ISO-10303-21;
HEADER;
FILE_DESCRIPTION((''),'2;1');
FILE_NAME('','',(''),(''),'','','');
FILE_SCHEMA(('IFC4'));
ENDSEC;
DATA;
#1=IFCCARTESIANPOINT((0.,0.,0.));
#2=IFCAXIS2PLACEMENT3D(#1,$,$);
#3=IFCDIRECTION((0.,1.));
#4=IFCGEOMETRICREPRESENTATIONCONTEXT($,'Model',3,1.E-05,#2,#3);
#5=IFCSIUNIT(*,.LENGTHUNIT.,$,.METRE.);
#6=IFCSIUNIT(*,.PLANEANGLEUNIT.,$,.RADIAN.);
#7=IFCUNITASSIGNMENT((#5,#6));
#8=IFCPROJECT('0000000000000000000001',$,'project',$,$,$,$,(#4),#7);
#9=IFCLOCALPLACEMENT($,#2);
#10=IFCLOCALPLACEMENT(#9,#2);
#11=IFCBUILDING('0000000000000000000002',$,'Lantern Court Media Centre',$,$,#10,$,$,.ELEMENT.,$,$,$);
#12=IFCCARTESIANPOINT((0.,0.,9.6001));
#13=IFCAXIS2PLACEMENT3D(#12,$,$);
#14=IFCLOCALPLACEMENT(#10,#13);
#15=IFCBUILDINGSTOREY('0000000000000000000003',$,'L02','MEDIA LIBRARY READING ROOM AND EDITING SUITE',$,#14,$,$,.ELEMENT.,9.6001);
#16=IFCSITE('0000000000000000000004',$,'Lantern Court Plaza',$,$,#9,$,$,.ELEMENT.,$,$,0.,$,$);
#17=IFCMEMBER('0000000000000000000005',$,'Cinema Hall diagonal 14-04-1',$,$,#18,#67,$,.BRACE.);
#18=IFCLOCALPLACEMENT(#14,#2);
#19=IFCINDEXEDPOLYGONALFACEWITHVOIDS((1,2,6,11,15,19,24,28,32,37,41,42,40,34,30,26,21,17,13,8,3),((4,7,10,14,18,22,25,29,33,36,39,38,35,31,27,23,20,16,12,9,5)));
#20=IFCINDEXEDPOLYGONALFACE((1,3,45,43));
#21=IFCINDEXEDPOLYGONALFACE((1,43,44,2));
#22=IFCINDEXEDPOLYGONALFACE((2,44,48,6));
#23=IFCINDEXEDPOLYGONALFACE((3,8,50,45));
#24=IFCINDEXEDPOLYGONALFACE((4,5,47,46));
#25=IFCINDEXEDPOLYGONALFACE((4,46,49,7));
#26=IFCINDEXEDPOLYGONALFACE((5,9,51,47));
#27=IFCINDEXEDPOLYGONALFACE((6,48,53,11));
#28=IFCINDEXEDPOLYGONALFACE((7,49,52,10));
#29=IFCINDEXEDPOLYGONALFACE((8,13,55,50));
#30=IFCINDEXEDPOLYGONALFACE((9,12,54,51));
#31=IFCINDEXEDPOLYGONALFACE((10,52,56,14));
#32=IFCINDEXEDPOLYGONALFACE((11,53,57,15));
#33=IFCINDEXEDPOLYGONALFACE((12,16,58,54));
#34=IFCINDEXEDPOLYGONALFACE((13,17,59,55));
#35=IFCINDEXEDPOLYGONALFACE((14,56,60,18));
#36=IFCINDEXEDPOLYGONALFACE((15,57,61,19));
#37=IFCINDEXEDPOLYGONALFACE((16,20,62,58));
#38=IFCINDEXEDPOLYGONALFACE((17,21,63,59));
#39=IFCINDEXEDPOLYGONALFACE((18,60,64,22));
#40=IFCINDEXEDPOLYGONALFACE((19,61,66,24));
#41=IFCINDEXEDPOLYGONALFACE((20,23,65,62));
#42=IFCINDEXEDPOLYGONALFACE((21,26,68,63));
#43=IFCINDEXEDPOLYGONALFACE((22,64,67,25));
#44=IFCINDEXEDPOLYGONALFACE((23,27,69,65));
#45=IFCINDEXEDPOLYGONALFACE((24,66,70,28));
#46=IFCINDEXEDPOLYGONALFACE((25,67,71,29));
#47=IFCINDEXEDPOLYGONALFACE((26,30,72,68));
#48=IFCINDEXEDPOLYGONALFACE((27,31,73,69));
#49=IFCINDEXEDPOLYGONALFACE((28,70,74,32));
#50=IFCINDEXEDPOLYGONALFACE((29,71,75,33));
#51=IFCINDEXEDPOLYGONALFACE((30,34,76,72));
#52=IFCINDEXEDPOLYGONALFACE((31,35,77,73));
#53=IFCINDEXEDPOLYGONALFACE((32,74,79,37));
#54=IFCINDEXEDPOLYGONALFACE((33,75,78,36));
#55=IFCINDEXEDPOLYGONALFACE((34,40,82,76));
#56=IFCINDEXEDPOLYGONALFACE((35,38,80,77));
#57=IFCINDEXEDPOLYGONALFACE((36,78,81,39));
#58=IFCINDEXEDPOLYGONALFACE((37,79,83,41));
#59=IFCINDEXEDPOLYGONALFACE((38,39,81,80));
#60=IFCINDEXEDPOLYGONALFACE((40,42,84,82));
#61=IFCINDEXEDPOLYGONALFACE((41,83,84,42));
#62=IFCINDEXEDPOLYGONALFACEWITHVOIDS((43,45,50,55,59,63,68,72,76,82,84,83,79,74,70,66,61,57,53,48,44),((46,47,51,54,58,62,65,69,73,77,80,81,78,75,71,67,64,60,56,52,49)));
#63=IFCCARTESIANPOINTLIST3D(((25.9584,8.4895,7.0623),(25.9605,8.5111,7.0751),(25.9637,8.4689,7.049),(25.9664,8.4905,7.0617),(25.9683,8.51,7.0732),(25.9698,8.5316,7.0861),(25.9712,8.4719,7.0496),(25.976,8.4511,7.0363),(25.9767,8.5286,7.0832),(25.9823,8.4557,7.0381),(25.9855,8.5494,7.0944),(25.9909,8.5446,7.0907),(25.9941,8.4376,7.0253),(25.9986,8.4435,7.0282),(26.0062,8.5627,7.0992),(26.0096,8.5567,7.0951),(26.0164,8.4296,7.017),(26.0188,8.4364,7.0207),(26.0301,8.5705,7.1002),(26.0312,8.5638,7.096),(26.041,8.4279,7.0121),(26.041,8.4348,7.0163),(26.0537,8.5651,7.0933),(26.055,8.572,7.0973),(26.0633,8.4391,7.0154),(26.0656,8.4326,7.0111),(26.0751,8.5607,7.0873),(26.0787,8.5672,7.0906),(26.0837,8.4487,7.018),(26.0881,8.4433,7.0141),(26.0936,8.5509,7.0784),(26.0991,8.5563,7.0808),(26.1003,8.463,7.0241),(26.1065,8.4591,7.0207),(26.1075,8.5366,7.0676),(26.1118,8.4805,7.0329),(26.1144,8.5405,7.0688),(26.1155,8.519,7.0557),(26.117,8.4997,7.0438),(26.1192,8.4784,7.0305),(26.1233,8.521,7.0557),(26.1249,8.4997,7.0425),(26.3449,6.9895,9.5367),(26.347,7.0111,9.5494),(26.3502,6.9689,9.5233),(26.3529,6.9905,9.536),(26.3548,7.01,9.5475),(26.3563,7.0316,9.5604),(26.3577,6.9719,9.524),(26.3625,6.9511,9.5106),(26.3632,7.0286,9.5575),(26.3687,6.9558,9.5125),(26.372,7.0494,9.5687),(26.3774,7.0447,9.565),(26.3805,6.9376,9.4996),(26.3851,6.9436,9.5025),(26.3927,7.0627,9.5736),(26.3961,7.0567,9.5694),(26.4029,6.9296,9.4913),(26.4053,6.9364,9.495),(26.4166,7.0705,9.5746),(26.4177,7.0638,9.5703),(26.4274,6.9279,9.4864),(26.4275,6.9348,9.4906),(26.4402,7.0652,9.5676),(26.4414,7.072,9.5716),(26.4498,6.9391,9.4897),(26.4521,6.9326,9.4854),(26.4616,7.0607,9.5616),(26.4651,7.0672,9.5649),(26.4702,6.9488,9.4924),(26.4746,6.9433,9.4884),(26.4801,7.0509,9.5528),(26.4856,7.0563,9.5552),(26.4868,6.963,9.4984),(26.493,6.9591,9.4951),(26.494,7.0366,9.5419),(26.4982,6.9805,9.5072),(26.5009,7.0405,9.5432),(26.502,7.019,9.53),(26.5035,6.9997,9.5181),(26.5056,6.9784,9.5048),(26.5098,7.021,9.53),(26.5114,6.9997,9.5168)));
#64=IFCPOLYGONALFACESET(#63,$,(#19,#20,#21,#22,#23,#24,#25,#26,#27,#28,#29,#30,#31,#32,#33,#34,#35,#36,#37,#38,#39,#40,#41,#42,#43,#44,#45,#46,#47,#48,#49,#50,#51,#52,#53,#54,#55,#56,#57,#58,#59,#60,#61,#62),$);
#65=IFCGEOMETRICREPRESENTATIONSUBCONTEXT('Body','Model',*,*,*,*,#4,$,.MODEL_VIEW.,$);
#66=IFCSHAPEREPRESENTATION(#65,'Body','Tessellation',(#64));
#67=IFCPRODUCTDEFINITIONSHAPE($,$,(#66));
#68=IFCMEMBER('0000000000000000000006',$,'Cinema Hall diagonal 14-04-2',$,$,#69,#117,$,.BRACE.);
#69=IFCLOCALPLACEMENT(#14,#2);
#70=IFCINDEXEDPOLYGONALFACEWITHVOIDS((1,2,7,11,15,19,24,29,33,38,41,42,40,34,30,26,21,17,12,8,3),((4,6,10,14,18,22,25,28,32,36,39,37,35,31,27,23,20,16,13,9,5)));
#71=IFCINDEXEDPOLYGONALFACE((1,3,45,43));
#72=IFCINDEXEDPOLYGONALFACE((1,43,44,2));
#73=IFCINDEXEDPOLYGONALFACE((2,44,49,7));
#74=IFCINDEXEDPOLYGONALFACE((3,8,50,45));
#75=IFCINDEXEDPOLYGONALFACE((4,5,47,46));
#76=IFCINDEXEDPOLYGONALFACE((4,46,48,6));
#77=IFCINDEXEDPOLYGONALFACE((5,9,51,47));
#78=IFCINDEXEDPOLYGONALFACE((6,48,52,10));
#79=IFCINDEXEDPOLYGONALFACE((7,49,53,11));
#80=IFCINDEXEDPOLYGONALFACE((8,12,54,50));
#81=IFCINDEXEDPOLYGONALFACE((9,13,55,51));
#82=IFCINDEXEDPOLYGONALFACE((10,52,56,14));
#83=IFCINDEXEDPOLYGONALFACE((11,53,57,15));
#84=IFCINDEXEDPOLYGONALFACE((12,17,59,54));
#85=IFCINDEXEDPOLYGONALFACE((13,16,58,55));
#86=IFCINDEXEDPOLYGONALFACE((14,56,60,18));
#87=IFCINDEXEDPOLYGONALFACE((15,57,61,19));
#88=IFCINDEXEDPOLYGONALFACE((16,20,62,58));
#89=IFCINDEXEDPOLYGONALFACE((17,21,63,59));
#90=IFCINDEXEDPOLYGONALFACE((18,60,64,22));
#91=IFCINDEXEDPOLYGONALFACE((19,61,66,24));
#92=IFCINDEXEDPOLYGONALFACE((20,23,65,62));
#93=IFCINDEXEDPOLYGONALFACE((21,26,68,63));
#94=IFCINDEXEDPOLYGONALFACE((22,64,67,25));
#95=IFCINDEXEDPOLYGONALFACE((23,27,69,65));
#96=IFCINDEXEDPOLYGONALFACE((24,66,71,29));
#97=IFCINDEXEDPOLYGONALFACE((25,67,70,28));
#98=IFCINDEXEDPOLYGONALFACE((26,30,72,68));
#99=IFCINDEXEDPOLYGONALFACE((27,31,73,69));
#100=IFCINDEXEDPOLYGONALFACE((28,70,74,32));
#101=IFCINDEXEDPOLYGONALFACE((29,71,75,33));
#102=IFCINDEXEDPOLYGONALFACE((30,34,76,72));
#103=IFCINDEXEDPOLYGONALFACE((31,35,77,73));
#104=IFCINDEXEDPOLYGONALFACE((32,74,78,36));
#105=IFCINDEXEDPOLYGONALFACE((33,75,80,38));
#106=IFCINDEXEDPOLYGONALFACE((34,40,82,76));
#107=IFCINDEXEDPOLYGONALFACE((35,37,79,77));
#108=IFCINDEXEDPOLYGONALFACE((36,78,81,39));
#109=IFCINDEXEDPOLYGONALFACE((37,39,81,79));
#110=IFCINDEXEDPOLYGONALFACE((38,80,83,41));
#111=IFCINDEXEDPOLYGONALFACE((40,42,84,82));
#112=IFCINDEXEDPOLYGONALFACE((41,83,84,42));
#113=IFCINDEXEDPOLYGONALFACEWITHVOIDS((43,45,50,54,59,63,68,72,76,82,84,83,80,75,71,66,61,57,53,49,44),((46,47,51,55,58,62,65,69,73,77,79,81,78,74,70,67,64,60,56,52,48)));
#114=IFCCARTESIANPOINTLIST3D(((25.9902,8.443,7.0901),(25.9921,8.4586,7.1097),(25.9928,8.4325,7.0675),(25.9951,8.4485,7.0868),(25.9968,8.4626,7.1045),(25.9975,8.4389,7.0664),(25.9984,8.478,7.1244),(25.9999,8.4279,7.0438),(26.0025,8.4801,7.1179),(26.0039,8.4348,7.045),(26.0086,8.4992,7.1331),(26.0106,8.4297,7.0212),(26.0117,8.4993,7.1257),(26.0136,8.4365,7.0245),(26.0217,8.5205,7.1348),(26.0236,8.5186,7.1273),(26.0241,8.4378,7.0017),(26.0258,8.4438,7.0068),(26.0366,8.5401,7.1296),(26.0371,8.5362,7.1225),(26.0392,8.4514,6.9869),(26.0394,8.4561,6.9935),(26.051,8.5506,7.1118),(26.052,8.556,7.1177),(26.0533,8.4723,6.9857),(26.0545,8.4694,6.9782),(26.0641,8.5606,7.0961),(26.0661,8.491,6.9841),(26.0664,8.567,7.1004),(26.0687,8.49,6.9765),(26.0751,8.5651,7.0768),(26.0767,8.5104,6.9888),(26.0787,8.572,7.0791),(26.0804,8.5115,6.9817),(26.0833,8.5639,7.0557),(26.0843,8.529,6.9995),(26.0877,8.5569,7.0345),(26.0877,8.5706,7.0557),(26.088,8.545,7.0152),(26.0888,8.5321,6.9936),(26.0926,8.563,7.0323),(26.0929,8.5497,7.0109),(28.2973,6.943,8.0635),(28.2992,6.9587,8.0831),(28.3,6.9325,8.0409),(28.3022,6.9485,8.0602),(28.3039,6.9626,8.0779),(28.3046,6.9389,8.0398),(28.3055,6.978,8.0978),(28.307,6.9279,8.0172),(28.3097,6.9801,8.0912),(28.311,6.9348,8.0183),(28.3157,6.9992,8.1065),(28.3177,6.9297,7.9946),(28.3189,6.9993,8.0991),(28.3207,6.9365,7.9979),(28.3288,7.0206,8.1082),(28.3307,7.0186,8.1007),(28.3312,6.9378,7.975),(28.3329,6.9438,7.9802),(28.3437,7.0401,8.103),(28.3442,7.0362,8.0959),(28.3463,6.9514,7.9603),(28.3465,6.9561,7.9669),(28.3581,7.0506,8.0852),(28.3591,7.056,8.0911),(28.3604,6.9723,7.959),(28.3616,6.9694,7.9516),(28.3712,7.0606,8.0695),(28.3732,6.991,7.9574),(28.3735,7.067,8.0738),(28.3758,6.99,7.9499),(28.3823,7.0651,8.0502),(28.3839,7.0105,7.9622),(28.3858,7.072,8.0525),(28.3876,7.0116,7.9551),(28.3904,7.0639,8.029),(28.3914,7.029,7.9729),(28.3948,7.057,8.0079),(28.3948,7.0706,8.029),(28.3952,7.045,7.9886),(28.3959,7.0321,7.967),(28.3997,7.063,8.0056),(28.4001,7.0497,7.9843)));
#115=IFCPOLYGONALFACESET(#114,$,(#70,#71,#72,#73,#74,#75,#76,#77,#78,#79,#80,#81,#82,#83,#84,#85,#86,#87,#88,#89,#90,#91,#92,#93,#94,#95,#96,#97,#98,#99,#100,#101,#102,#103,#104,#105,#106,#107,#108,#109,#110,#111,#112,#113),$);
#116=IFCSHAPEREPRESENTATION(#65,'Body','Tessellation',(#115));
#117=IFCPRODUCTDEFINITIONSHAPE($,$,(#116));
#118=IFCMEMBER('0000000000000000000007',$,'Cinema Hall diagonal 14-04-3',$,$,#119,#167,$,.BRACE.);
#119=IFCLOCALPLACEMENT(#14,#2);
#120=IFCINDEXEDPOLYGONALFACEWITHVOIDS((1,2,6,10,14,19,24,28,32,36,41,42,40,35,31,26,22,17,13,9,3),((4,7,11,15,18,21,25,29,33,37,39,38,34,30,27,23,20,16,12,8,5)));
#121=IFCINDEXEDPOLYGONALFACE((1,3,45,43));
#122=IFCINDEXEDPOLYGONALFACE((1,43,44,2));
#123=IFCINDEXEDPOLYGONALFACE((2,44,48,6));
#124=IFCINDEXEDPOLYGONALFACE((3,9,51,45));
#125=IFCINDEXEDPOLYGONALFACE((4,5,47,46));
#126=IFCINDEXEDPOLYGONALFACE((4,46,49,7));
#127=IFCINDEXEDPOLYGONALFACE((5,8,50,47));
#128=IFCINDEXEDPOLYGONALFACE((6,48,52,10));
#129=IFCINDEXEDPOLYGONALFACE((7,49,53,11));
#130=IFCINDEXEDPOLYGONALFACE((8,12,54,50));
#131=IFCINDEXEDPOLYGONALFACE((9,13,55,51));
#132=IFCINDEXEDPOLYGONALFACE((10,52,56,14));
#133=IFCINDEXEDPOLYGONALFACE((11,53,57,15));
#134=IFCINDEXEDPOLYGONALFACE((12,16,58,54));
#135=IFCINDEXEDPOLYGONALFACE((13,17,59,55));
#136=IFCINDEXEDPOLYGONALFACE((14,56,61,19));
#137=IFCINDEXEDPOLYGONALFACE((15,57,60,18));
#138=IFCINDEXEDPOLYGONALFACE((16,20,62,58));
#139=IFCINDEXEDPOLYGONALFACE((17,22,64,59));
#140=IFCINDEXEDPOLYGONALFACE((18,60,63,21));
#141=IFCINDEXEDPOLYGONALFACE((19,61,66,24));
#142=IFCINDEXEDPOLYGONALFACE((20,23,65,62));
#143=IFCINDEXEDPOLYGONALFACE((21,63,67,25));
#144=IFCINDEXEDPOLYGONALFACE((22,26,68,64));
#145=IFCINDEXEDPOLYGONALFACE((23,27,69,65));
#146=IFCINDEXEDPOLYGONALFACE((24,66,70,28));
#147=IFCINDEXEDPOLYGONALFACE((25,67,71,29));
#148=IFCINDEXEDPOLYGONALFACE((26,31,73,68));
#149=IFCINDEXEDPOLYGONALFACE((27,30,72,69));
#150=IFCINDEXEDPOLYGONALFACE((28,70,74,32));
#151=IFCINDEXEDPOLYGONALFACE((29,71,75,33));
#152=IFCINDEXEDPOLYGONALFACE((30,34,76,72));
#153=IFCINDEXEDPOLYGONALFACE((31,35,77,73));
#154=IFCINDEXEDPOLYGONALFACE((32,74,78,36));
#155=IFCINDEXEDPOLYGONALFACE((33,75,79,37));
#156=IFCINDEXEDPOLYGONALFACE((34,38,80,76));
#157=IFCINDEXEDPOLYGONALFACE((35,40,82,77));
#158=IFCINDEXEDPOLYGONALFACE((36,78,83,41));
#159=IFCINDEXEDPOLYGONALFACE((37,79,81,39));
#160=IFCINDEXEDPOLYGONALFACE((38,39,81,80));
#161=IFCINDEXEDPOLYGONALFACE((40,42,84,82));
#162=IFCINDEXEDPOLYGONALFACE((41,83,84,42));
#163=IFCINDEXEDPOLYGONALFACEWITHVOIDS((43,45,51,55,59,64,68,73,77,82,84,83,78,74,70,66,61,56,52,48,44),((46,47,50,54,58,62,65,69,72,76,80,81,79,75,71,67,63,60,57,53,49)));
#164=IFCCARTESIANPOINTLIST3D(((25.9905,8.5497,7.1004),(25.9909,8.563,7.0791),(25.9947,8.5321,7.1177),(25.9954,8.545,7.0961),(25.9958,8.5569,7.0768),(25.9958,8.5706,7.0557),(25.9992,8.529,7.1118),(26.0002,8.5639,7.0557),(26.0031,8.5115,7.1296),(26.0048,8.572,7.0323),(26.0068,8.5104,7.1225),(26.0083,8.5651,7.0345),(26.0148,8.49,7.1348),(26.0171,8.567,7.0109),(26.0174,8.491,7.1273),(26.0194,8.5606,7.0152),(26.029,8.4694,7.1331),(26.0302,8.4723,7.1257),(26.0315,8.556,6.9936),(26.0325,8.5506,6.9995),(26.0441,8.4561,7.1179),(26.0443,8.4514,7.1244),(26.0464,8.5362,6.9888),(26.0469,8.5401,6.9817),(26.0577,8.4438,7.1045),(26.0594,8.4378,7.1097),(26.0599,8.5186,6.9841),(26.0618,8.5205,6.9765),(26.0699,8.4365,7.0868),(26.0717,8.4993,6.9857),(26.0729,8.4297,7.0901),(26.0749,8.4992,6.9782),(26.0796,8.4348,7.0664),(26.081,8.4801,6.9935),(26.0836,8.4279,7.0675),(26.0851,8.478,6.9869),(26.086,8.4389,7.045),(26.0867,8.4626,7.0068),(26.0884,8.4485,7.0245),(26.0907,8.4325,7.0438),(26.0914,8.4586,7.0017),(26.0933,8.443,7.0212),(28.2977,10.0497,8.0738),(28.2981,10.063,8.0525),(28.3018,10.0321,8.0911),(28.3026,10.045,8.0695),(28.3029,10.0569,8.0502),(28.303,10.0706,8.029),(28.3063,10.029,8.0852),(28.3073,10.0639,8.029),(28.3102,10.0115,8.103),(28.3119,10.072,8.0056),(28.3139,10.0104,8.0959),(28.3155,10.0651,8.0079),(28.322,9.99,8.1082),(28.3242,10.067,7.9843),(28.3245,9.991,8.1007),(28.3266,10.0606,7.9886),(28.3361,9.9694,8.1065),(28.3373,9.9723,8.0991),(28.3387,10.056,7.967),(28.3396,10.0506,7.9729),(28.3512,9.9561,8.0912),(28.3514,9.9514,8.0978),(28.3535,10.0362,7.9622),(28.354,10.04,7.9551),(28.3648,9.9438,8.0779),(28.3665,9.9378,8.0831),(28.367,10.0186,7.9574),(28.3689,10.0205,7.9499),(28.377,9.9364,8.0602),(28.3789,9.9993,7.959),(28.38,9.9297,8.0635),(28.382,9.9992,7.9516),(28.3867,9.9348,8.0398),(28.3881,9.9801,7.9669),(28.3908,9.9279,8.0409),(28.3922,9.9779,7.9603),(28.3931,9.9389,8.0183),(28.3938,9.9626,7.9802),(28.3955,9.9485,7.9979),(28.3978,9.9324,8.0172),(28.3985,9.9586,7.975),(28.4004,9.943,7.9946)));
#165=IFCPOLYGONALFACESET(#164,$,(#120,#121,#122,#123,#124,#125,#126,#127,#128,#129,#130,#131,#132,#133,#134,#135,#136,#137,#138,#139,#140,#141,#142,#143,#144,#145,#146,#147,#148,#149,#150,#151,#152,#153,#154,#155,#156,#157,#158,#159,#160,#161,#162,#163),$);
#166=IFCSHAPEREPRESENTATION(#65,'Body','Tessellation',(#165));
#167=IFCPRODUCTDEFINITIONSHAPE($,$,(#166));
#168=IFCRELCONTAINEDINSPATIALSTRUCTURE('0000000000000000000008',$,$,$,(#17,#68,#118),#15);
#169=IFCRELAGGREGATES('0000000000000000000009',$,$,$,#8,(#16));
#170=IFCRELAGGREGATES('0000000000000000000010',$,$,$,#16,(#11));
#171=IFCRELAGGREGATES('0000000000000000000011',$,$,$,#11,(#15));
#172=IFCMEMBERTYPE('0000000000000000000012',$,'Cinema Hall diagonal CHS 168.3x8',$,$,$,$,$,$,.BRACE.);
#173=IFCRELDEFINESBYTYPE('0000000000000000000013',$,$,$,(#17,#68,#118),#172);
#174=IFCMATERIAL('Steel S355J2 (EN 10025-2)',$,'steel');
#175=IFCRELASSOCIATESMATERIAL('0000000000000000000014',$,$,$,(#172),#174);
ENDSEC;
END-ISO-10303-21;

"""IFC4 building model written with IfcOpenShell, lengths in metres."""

from ifc_helpers import new_model, si_unit, direction, frame, origin, origin_2d, place, context, subcontext, project, spatial, hollow_circle, extrude, material, material_profile, profile_set, type_object, element, save


model = new_model("IFC4")

# Units and contexts
model_context = context("Model", 3, precision=1e-05, world=origin(), true_north=direction((0.0, 1.0)))
body_context = subcontext(model_context, "Body", "Model", "MODEL_VIEW")
ifc_project = project(units=[si_unit("LENGTHUNIT", "METRE"), si_unit("PLANEANGLEUNIT", "RADIAN")], contexts=[model_context])

# Site, building, storey
site_placement = place(None, origin())
site = spatial("IfcSite", under=ifc_project, at=site_placement, Name="Lantern Court Plaza", CompositionType="ELEMENT", RefElevation=0.0)
building_placement = place(site_placement, origin())
building = spatial("IfcBuilding", under=site, at=building_placement, Name="Lantern Court Media Centre", CompositionType="ELEMENT")
storey_placement = place(building_placement, frame((0.0, 0.0, 9.6001)))
storey = spatial("IfcBuildingStorey", under=building, at=storey_placement, Name="L02", Description="MEDIA LIBRARY READING ROOM AND EDITING SUITE", CompositionType="ELEMENT", Elevation=9.6001)

# Members
ifc_material = material(Name="Steel S355J2 (EN 10025-2)", Category="steel")
ifc_material_profile_1 = material_profile(ifc_material, hollow_circle(Radius=0.0842, WallThickness=0.0081, at=origin_2d()), Name="Cinema Hall diagonal CHS 168.3x8")
ifc_profile_set_1 = profile_set([ifc_material_profile_1], Name="Steel S355J2 (EN 10025-2)")
member_type_1 = type_object("IfcMemberType", Name="Cinema Hall diagonal CHS 168.3x8", PredefinedType="BRACE", material=ifc_profile_set_1)
for number, where, z_axis, x_axis, name in (
    (1, (26.0417, 8.5, 7.0557), (0.13239, -0.513836, 0.847612), (0.968374, 0.249501, 0.0), "Cinema Hall diagonal 14-04-1"),
):
    element("IfcMember", number, at=place(storey_placement, frame(where, z_axis=z_axis, x_axis=x_axis)), inside=storey, type_object=member_type_1, Name=name, PredefinedType="BRACE", context=body_context, shape_type="SweptSolid", body=[
        extrude(hollow_circle(Radius=0.0842, WallThickness=0.0081, at=origin_2d()), origin(), (0.0, 0.0, 1.0), 2.9192),
    ])
for number, where, z_axis, x_axis, name in (
    (2, (26.0417, 8.5, 7.0557), (0.790394, -0.513882, 0.333471), (0.545082, 0.838383, 0.0), "Cinema Hall diagonal 14-04-2"),
    (3, (26.0417, 8.5, 7.0557), (0.790394, 0.513882, 0.333471), (-0.545082, 0.838383, 0.0), "Cinema Hall diagonal 14-04-3"),
):
    element("IfcMember", number, at=place(storey_placement, frame(where, z_axis=z_axis, x_axis=x_axis)), inside=storey, type_object=member_type_1, Name=name, PredefinedType="BRACE", context=body_context, shape_type="SweptSolid", body=[
        extrude(hollow_circle(Radius=0.0842, WallThickness=0.0081, at=origin_2d()), origin(), (0.0, 0.0, 1.0), 2.9189),
    ])

save(model, "model.ifc")
